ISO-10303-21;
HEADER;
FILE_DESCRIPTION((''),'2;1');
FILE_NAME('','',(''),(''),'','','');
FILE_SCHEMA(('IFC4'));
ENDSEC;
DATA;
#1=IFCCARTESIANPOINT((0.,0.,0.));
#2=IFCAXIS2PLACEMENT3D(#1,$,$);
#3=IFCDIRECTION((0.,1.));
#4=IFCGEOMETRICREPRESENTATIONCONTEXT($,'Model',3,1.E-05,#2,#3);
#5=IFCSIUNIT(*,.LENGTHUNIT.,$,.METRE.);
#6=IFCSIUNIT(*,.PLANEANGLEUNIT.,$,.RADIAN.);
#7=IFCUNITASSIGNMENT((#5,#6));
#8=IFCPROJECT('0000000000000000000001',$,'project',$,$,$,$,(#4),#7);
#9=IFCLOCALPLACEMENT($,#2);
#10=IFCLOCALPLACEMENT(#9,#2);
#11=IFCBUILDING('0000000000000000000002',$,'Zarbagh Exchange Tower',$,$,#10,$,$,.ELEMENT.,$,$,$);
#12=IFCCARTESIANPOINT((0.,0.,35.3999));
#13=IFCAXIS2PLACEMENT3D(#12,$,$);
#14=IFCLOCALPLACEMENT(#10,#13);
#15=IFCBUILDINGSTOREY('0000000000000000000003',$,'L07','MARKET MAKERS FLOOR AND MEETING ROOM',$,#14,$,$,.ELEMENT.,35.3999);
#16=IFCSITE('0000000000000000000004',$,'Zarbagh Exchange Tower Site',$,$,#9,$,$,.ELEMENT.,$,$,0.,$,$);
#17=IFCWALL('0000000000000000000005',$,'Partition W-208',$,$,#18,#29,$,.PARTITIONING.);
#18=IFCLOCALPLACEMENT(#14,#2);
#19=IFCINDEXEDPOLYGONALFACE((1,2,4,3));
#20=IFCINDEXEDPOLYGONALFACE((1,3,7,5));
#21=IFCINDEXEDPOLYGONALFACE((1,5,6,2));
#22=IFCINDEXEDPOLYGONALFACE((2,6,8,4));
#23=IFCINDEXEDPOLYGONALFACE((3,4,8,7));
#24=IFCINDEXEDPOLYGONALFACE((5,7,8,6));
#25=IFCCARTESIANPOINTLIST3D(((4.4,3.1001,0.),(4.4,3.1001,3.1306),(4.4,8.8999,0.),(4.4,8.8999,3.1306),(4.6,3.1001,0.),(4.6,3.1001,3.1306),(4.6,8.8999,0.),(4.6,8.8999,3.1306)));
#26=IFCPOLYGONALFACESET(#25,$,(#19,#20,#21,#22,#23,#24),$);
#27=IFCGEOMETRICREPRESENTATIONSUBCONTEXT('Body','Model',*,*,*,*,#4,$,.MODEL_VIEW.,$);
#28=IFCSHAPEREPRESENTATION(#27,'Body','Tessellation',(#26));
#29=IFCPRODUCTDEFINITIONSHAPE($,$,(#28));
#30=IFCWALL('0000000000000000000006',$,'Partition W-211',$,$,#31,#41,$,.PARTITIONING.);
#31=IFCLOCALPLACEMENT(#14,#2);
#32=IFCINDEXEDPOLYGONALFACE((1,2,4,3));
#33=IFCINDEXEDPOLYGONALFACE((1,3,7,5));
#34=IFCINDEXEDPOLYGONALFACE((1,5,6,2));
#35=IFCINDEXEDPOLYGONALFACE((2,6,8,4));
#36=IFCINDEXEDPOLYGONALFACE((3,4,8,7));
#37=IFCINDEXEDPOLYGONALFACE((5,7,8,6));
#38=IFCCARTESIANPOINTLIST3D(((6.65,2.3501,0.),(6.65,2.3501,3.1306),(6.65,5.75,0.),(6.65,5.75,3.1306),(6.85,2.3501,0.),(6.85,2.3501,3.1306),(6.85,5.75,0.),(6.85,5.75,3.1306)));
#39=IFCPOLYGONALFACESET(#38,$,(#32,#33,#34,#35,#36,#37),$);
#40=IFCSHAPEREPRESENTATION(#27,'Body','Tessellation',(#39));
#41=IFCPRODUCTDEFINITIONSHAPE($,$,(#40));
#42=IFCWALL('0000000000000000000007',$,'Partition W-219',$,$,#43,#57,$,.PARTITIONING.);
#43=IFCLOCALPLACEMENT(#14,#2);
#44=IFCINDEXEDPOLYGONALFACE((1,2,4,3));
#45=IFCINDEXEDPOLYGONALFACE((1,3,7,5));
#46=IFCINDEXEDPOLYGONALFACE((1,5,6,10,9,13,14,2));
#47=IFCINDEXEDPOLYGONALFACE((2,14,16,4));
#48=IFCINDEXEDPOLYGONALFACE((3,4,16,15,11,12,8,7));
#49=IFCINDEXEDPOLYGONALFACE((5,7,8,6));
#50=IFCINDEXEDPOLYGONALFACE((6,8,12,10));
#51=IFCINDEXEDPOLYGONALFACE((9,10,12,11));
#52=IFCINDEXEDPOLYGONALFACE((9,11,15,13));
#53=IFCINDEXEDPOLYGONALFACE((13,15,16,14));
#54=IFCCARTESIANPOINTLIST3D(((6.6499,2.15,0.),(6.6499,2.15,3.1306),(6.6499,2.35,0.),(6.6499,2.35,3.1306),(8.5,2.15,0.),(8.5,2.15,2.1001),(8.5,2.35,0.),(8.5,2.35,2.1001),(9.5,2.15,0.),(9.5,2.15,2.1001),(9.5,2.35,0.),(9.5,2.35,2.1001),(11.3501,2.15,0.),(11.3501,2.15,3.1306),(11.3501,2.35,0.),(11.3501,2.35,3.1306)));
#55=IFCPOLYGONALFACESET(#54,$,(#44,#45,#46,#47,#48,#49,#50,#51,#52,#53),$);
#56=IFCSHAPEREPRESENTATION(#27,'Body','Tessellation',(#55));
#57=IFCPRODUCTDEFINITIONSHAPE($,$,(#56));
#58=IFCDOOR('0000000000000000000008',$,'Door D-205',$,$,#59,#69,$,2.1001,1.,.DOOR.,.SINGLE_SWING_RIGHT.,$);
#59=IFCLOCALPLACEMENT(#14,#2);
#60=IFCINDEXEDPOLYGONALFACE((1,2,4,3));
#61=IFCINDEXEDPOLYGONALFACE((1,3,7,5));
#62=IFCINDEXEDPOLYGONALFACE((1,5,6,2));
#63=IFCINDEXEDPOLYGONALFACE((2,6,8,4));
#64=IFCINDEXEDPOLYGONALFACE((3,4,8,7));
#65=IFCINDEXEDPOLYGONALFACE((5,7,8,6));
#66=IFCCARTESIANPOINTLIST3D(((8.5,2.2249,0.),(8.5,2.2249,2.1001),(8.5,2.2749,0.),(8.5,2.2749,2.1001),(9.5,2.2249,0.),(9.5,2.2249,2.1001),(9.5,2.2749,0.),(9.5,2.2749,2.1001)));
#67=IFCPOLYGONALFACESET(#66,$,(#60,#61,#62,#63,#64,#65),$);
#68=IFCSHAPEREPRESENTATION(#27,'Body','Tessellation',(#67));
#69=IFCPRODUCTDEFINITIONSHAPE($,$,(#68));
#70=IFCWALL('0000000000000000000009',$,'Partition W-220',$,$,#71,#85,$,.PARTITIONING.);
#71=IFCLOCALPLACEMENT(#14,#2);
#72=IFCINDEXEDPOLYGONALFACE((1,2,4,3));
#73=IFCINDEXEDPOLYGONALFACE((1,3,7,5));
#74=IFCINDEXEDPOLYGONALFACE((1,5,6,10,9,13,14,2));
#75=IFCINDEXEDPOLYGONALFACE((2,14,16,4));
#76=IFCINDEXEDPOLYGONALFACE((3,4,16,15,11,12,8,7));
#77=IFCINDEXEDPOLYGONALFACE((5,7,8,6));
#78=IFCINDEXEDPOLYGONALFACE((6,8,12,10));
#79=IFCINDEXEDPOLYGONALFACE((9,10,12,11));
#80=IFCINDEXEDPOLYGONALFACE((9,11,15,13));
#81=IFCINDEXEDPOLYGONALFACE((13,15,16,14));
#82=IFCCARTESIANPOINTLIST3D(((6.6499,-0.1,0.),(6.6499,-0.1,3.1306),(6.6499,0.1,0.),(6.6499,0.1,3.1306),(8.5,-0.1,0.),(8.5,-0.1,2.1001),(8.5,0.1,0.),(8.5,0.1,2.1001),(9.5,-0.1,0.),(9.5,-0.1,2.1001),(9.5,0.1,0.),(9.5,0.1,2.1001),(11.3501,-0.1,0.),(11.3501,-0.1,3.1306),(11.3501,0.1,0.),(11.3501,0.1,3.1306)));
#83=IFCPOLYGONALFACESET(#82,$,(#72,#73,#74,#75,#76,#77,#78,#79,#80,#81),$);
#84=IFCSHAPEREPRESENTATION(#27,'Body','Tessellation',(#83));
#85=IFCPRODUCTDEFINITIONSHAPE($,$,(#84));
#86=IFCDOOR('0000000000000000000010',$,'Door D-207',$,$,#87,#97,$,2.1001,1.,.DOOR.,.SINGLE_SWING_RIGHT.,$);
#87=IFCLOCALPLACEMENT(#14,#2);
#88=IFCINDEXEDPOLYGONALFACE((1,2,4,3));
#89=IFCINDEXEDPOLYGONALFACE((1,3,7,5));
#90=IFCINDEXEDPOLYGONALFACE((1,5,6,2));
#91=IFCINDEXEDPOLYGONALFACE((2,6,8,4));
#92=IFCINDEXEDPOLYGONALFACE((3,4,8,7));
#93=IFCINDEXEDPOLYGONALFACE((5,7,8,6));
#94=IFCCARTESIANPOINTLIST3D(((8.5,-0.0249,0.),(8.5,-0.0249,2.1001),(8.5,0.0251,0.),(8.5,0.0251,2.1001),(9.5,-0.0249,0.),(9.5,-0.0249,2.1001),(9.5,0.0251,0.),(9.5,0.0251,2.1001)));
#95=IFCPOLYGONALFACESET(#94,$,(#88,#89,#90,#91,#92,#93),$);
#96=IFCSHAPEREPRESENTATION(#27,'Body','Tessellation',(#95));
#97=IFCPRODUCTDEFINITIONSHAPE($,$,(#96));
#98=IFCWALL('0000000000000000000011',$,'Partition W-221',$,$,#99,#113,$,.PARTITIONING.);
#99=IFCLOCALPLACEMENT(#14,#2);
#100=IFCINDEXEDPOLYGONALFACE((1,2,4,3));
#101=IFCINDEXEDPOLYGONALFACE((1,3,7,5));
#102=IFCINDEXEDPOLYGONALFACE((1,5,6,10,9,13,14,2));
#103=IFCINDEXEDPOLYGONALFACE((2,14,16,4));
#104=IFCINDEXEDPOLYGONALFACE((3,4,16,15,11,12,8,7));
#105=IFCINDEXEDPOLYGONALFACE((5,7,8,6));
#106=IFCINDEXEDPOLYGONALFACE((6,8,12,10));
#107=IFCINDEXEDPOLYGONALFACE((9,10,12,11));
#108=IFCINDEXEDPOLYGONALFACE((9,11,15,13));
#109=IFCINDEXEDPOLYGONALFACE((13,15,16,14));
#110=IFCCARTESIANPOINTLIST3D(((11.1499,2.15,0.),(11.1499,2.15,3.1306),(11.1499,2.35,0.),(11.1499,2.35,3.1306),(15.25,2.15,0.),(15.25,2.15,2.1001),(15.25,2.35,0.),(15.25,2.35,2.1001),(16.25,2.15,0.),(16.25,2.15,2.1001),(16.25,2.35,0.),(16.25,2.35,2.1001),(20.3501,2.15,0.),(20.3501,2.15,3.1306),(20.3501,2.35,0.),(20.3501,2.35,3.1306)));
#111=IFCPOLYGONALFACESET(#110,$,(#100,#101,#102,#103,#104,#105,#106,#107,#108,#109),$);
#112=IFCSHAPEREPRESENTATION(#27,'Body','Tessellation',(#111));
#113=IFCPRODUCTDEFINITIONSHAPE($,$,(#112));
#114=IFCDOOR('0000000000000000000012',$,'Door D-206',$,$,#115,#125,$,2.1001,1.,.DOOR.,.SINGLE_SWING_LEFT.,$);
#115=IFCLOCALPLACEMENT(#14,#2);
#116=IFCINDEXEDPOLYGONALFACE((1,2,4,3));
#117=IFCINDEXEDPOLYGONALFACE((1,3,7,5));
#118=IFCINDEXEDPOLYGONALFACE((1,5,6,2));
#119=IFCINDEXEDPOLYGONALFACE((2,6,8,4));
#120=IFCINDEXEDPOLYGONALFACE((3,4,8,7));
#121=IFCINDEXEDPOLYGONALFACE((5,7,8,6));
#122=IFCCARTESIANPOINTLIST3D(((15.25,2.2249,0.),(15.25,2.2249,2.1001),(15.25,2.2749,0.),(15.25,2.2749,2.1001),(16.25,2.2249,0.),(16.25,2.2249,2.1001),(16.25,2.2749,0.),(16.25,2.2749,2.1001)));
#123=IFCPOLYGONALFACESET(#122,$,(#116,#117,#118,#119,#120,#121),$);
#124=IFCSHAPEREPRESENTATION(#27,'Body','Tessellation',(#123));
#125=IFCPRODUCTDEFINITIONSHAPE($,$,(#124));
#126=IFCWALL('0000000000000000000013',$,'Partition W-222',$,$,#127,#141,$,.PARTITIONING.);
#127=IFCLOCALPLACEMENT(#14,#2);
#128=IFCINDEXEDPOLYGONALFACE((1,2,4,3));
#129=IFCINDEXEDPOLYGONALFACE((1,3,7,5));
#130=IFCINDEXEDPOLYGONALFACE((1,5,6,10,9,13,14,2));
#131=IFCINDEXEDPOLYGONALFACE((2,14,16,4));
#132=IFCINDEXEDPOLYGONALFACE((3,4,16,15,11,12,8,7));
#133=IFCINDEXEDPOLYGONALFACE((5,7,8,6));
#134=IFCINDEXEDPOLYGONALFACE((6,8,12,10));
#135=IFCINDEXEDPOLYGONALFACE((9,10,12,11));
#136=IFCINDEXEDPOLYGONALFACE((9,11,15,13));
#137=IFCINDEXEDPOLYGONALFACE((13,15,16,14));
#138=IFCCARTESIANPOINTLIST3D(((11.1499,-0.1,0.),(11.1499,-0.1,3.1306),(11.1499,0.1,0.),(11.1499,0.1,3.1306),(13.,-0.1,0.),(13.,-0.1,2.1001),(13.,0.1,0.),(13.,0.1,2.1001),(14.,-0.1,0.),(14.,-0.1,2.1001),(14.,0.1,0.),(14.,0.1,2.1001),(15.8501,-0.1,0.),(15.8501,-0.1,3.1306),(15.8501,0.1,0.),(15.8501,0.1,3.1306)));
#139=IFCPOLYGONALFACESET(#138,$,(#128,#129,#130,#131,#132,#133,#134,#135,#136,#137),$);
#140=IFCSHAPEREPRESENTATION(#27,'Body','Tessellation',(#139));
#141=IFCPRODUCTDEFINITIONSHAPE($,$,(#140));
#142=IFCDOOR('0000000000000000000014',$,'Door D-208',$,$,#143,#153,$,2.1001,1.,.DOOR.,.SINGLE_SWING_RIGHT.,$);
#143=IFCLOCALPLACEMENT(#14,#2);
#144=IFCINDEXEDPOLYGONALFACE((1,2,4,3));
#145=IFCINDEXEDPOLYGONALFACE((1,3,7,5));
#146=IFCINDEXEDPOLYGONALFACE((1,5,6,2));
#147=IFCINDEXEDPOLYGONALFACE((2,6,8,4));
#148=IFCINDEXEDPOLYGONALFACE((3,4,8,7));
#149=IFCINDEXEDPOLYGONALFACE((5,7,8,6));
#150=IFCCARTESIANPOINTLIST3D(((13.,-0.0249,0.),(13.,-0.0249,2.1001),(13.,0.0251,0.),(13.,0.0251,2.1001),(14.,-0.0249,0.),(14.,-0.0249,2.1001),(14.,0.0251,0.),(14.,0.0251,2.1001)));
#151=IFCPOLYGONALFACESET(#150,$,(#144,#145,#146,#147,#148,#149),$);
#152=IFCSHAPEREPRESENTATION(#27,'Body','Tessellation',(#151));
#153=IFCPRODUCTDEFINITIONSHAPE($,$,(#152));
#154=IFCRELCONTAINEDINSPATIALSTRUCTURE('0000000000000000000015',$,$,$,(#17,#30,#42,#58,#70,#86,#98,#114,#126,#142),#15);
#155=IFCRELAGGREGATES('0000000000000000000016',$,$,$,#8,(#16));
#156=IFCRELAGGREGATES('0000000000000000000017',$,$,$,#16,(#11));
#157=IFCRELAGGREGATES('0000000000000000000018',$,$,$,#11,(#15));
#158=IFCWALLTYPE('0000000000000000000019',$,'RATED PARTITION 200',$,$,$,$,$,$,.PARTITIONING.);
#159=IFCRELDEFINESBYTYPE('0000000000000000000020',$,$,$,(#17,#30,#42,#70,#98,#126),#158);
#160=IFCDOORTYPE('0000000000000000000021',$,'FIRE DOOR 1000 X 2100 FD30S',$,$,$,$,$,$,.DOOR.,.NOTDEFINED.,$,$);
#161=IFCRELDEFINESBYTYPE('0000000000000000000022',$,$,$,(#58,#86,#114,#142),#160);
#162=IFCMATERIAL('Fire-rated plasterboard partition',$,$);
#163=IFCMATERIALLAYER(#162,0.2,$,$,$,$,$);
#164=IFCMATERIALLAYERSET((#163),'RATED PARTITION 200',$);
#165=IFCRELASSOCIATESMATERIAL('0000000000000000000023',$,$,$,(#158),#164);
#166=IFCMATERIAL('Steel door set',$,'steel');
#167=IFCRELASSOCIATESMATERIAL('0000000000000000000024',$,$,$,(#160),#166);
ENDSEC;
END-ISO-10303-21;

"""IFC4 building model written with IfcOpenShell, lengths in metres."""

from ifc_helpers import new_model, si_unit, direction, frame, frame_2d, origin, place, context, subcontext, project, spatial, rectangle, extrude, material, layer, layer_set, type_object, element, fill, save


model = new_model("IFC4")

# Units and contexts
model_context = context("Model", 3, precision=1e-05, world=origin(), true_north=direction((0.0, 1.0)))
body_context = subcontext(model_context, "Body", "Model", "MODEL_VIEW")
ifc_project = project(units=[si_unit("LENGTHUNIT", "METRE"), si_unit("PLANEANGLEUNIT", "RADIAN")], contexts=[model_context])

# Site, building, storey
site_placement = place(None, origin())
site = spatial("IfcSite", under=ifc_project, at=site_placement, Name="Zarbagh Exchange Tower Site", CompositionType="ELEMENT", RefElevation=0.0)
building_placement = place(site_placement, origin())
building = spatial("IfcBuilding", under=site, at=building_placement, Name="Zarbagh Exchange Tower", CompositionType="ELEMENT")
storey_placement = place(building_placement, frame((0.0, 0.0, 35.3999)))
storey = spatial("IfcBuildingStorey", under=building, at=storey_placement, Name="L07", Description="MARKET MAKERS FLOOR AND MEETING ROOM", CompositionType="ELEMENT", Elevation=35.3999)

# Walls
ifc_material_1 = material(Name="Fire-rated plasterboard partition")
ifc_layer = layer(ifc_material_1, 0.2)
ifc_layer_set = layer_set([ifc_layer], Name="RATED PARTITION 200")
wall_type = type_object("IfcWallType", Name="RATED PARTITION 200", PredefinedType="PARTITIONING", material=ifc_layer_set)
wall_1_placement = place(storey_placement, frame((4.5, 3.1001, 0.0), z_axis=(0.0, 0.0, 1.0), x_axis=(0.0, 1.0, 0.0)))
element("IfcWall", 1, at=wall_1_placement, inside=storey, type_object=wall_type, Name="Partition W-208", PredefinedType="PARTITIONING", context=body_context, shape_type="SweptSolid", body=[
    extrude(rectangle(XDim=5.7998, YDim=0.2, at=frame_2d((2.8999, 0.0))), origin(), (0.0, 0.0, 1.0), 3.1306),
])
wall_2_placement = place(storey_placement, frame((6.75, 2.3501, 0.0), z_axis=(0.0, 0.0, 1.0), x_axis=(0.0, 1.0, 0.0)))
element("IfcWall", 2, at=wall_2_placement, inside=storey, type_object=wall_type, Name="Partition W-211", PredefinedType="PARTITIONING", context=body_context, shape_type="SweptSolid", body=[
    extrude(rectangle(XDim=3.3999, YDim=0.2, at=frame_2d((1.7, 0.0))), origin(), (0.0, 0.0, 1.0), 3.1306),
])

# Walls, openings, doors
wall_3_placement = place(storey_placement, frame((6.6499, 2.25, 0.0), z_axis=(0.0, 0.0, 1.0), x_axis=(1.0, 0.0, 0.0)))
wall_3 = element("IfcWall", 3, at=wall_3_placement, inside=storey, type_object=wall_type, Name="Partition W-219", PredefinedType="PARTITIONING", context=body_context, shape_type="SweptSolid", body=[
    extrude(rectangle(XDim=4.7002, YDim=0.2, at=frame_2d((2.3501, 0.0))), origin(), (0.0, 0.0, 1.0), 3.1306),
])
opening_1_placement = place(wall_3_placement, frame((1.8501, 0.0, 0.0)))
opening_1 = element("IfcOpeningElement", 4, at=opening_1_placement, cuts=wall_3, PredefinedType="OPENING", context=body_context, shape_type="SweptSolid", body=[
    extrude(rectangle(XDim=1.0, YDim=2.1001, at=frame_2d((0.5, 1.05))), frame((0.0, 0.1099, 0.0), z_axis=(0.0, -1.0, 0.0), x_axis=(1.0, 0.0, 0.0)), (0.0, 0.0, 1.0), 0.22),
])
ifc_material_2 = material(Name="Steel door set", Category="steel")
door_type_1 = type_object("IfcDoorType", Name="FIRE DOOR 1000 X 2100 FD30S", OperationType="NOTDEFINED", PredefinedType="DOOR", material=ifc_material_2)
door_1_placement = place(opening_1_placement, origin())
door_1 = element("IfcDoor", 5, at=door_1_placement, inside=storey, type_object=door_type_1, Name="Door D-205", OperationType="SINGLE_SWING_RIGHT", OverallHeight=2.1001, OverallWidth=1.0, PredefinedType="DOOR", context=body_context, shape_type="SweptSolid", body=[
    extrude(rectangle(XDim=1.0, YDim=2.1001, at=frame_2d((0.5, 1.05))), frame((0.0, 0.0249, 0.0), z_axis=(0.0, -1.0, 0.0), x_axis=(1.0, 0.0, 0.0)), (0.0, 0.0, 1.0), 0.05),
])
fill(opening_1, door_1)
wall_4_placement = place(storey_placement, frame((11.3501, 0.0, 0.0), z_axis=(0.0, 0.0, 1.0), x_axis=(-1.0, 0.0, 0.0)))
wall_4 = element("IfcWall", 6, at=wall_4_placement, inside=storey, type_object=wall_type, Name="Partition W-220", PredefinedType="PARTITIONING", context=body_context, shape_type="SweptSolid", body=[
    extrude(rectangle(XDim=4.7002, YDim=0.2, at=frame_2d((2.3501, 0.0))), origin(), (0.0, 0.0, 1.0), 3.1306),
])
opening_2_placement = place(wall_4_placement, frame((1.8501, 0.0, 0.0)))
opening_2 = element("IfcOpeningElement", 7, at=opening_2_placement, cuts=wall_4, PredefinedType="OPENING", context=body_context, shape_type="SweptSolid", body=[
    extrude(rectangle(XDim=1.0, YDim=2.1001, at=frame_2d((0.5, 1.05))), frame((0.0, 0.1099, 0.0), z_axis=(0.0, -1.0, 0.0), x_axis=(1.0, 0.0, 0.0)), (0.0, 0.0, 1.0), 0.22),
])
door_2_placement = place(opening_2_placement, origin())
door_2 = element("IfcDoor", 8, at=door_2_placement, inside=storey, type_object=door_type_1, Name="Door D-207", OperationType="SINGLE_SWING_RIGHT", OverallHeight=2.1001, OverallWidth=1.0, PredefinedType="DOOR", context=body_context, shape_type="SweptSolid", body=[
    extrude(rectangle(XDim=1.0, YDim=2.1001, at=frame_2d((0.5, 1.05))), frame((0.0, 0.0249, 0.0), z_axis=(0.0, -1.0, 0.0), x_axis=(1.0, 0.0, 0.0)), (0.0, 0.0, 1.0), 0.05),
])
fill(opening_2, door_2)
wall_5_placement = place(storey_placement, frame((11.1499, 2.25, 0.0), z_axis=(0.0, 0.0, 1.0), x_axis=(1.0, 0.0, 0.0)))
wall_5 = element("IfcWall", 9, at=wall_5_placement, inside=storey, type_object=wall_type, Name="Partition W-221", PredefinedType="PARTITIONING", context=body_context, shape_type="SweptSolid", body=[
    extrude(rectangle(XDim=9.2002, YDim=0.2, at=frame_2d((4.6001, 0.0))), origin(), (0.0, 0.0, 1.0), 3.1306),
])
opening_3_placement = place(wall_5_placement, frame((4.1001, 0.0, 0.0)))
opening_3 = element("IfcOpeningElement", 10, at=opening_3_placement, cuts=wall_5, PredefinedType="OPENING", context=body_context, shape_type="SweptSolid", body=[
    extrude(rectangle(XDim=1.0, YDim=2.1001, at=frame_2d((0.5, 1.05))), frame((0.0, 0.1099, 0.0), z_axis=(0.0, -1.0, 0.0), x_axis=(1.0, 0.0, 0.0)), (0.0, 0.0, 1.0), 0.22),
])
door_3_placement = place(opening_3_placement, origin())
door_3 = element("IfcDoor", 11, at=door_3_placement, inside=storey, type_object=door_type_1, Name="Door D-206", OperationType="SINGLE_SWING_LEFT", OverallHeight=2.1001, OverallWidth=1.0, PredefinedType="DOOR", context=body_context, shape_type="SweptSolid", body=[
    extrude(rectangle(XDim=1.0, YDim=2.1001, at=frame_2d((0.5, 1.05))), frame((0.0, 0.0249, 0.0), z_axis=(0.0, -1.0, 0.0), x_axis=(1.0, 0.0, 0.0)), (0.0, 0.0, 1.0), 0.05),
])
fill(opening_3, door_3)
wall_6_placement = place(storey_placement, frame((15.8501, 0.0, 0.0), z_axis=(0.0, 0.0, 1.0), x_axis=(-1.0, 0.0, 0.0)))
wall_6 = element("IfcWall", 12, at=wall_6_placement, inside=storey, type_object=wall_type, Name="Partition W-222", PredefinedType="PARTITIONING", context=body_context, shape_type="SweptSolid", body=[
    extrude(rectangle(XDim=4.7002, YDim=0.2, at=frame_2d((2.3501, 0.0))), origin(), (0.0, 0.0, 1.0), 3.1306),
])
opening_4_placement = place(wall_6_placement, frame((1.8501, 0.0, 0.0)))
opening_4 = element("IfcOpeningElement", 13, at=opening_4_placement, cuts=wall_6, PredefinedType="OPENING", context=body_context, shape_type="SweptSolid", body=[
    extrude(rectangle(XDim=1.0, YDim=2.1001, at=frame_2d((0.5, 1.05))), frame((0.0, 0.1099, 0.0), z_axis=(0.0, -1.0, 0.0), x_axis=(1.0, 0.0, 0.0)), (0.0, 0.0, 1.0), 0.22),
])
door_4_placement = place(opening_4_placement, origin())
door_4 = element("IfcDoor", 14, at=door_4_placement, inside=storey, type_object=door_type_1, Name="Door D-208", OperationType="SINGLE_SWING_RIGHT", OverallHeight=2.1001, OverallWidth=1.0, PredefinedType="DOOR", context=body_context, shape_type="SweptSolid", body=[
    extrude(rectangle(XDim=1.0, YDim=2.1001, at=frame_2d((0.5, 1.05))), frame((0.0, 0.0249, 0.0), z_axis=(0.0, -1.0, 0.0), x_axis=(1.0, 0.0, 0.0)), (0.0, 0.0, 1.0), 0.05),
])
fill(opening_4, door_4)

save(model, "model.ifc")
